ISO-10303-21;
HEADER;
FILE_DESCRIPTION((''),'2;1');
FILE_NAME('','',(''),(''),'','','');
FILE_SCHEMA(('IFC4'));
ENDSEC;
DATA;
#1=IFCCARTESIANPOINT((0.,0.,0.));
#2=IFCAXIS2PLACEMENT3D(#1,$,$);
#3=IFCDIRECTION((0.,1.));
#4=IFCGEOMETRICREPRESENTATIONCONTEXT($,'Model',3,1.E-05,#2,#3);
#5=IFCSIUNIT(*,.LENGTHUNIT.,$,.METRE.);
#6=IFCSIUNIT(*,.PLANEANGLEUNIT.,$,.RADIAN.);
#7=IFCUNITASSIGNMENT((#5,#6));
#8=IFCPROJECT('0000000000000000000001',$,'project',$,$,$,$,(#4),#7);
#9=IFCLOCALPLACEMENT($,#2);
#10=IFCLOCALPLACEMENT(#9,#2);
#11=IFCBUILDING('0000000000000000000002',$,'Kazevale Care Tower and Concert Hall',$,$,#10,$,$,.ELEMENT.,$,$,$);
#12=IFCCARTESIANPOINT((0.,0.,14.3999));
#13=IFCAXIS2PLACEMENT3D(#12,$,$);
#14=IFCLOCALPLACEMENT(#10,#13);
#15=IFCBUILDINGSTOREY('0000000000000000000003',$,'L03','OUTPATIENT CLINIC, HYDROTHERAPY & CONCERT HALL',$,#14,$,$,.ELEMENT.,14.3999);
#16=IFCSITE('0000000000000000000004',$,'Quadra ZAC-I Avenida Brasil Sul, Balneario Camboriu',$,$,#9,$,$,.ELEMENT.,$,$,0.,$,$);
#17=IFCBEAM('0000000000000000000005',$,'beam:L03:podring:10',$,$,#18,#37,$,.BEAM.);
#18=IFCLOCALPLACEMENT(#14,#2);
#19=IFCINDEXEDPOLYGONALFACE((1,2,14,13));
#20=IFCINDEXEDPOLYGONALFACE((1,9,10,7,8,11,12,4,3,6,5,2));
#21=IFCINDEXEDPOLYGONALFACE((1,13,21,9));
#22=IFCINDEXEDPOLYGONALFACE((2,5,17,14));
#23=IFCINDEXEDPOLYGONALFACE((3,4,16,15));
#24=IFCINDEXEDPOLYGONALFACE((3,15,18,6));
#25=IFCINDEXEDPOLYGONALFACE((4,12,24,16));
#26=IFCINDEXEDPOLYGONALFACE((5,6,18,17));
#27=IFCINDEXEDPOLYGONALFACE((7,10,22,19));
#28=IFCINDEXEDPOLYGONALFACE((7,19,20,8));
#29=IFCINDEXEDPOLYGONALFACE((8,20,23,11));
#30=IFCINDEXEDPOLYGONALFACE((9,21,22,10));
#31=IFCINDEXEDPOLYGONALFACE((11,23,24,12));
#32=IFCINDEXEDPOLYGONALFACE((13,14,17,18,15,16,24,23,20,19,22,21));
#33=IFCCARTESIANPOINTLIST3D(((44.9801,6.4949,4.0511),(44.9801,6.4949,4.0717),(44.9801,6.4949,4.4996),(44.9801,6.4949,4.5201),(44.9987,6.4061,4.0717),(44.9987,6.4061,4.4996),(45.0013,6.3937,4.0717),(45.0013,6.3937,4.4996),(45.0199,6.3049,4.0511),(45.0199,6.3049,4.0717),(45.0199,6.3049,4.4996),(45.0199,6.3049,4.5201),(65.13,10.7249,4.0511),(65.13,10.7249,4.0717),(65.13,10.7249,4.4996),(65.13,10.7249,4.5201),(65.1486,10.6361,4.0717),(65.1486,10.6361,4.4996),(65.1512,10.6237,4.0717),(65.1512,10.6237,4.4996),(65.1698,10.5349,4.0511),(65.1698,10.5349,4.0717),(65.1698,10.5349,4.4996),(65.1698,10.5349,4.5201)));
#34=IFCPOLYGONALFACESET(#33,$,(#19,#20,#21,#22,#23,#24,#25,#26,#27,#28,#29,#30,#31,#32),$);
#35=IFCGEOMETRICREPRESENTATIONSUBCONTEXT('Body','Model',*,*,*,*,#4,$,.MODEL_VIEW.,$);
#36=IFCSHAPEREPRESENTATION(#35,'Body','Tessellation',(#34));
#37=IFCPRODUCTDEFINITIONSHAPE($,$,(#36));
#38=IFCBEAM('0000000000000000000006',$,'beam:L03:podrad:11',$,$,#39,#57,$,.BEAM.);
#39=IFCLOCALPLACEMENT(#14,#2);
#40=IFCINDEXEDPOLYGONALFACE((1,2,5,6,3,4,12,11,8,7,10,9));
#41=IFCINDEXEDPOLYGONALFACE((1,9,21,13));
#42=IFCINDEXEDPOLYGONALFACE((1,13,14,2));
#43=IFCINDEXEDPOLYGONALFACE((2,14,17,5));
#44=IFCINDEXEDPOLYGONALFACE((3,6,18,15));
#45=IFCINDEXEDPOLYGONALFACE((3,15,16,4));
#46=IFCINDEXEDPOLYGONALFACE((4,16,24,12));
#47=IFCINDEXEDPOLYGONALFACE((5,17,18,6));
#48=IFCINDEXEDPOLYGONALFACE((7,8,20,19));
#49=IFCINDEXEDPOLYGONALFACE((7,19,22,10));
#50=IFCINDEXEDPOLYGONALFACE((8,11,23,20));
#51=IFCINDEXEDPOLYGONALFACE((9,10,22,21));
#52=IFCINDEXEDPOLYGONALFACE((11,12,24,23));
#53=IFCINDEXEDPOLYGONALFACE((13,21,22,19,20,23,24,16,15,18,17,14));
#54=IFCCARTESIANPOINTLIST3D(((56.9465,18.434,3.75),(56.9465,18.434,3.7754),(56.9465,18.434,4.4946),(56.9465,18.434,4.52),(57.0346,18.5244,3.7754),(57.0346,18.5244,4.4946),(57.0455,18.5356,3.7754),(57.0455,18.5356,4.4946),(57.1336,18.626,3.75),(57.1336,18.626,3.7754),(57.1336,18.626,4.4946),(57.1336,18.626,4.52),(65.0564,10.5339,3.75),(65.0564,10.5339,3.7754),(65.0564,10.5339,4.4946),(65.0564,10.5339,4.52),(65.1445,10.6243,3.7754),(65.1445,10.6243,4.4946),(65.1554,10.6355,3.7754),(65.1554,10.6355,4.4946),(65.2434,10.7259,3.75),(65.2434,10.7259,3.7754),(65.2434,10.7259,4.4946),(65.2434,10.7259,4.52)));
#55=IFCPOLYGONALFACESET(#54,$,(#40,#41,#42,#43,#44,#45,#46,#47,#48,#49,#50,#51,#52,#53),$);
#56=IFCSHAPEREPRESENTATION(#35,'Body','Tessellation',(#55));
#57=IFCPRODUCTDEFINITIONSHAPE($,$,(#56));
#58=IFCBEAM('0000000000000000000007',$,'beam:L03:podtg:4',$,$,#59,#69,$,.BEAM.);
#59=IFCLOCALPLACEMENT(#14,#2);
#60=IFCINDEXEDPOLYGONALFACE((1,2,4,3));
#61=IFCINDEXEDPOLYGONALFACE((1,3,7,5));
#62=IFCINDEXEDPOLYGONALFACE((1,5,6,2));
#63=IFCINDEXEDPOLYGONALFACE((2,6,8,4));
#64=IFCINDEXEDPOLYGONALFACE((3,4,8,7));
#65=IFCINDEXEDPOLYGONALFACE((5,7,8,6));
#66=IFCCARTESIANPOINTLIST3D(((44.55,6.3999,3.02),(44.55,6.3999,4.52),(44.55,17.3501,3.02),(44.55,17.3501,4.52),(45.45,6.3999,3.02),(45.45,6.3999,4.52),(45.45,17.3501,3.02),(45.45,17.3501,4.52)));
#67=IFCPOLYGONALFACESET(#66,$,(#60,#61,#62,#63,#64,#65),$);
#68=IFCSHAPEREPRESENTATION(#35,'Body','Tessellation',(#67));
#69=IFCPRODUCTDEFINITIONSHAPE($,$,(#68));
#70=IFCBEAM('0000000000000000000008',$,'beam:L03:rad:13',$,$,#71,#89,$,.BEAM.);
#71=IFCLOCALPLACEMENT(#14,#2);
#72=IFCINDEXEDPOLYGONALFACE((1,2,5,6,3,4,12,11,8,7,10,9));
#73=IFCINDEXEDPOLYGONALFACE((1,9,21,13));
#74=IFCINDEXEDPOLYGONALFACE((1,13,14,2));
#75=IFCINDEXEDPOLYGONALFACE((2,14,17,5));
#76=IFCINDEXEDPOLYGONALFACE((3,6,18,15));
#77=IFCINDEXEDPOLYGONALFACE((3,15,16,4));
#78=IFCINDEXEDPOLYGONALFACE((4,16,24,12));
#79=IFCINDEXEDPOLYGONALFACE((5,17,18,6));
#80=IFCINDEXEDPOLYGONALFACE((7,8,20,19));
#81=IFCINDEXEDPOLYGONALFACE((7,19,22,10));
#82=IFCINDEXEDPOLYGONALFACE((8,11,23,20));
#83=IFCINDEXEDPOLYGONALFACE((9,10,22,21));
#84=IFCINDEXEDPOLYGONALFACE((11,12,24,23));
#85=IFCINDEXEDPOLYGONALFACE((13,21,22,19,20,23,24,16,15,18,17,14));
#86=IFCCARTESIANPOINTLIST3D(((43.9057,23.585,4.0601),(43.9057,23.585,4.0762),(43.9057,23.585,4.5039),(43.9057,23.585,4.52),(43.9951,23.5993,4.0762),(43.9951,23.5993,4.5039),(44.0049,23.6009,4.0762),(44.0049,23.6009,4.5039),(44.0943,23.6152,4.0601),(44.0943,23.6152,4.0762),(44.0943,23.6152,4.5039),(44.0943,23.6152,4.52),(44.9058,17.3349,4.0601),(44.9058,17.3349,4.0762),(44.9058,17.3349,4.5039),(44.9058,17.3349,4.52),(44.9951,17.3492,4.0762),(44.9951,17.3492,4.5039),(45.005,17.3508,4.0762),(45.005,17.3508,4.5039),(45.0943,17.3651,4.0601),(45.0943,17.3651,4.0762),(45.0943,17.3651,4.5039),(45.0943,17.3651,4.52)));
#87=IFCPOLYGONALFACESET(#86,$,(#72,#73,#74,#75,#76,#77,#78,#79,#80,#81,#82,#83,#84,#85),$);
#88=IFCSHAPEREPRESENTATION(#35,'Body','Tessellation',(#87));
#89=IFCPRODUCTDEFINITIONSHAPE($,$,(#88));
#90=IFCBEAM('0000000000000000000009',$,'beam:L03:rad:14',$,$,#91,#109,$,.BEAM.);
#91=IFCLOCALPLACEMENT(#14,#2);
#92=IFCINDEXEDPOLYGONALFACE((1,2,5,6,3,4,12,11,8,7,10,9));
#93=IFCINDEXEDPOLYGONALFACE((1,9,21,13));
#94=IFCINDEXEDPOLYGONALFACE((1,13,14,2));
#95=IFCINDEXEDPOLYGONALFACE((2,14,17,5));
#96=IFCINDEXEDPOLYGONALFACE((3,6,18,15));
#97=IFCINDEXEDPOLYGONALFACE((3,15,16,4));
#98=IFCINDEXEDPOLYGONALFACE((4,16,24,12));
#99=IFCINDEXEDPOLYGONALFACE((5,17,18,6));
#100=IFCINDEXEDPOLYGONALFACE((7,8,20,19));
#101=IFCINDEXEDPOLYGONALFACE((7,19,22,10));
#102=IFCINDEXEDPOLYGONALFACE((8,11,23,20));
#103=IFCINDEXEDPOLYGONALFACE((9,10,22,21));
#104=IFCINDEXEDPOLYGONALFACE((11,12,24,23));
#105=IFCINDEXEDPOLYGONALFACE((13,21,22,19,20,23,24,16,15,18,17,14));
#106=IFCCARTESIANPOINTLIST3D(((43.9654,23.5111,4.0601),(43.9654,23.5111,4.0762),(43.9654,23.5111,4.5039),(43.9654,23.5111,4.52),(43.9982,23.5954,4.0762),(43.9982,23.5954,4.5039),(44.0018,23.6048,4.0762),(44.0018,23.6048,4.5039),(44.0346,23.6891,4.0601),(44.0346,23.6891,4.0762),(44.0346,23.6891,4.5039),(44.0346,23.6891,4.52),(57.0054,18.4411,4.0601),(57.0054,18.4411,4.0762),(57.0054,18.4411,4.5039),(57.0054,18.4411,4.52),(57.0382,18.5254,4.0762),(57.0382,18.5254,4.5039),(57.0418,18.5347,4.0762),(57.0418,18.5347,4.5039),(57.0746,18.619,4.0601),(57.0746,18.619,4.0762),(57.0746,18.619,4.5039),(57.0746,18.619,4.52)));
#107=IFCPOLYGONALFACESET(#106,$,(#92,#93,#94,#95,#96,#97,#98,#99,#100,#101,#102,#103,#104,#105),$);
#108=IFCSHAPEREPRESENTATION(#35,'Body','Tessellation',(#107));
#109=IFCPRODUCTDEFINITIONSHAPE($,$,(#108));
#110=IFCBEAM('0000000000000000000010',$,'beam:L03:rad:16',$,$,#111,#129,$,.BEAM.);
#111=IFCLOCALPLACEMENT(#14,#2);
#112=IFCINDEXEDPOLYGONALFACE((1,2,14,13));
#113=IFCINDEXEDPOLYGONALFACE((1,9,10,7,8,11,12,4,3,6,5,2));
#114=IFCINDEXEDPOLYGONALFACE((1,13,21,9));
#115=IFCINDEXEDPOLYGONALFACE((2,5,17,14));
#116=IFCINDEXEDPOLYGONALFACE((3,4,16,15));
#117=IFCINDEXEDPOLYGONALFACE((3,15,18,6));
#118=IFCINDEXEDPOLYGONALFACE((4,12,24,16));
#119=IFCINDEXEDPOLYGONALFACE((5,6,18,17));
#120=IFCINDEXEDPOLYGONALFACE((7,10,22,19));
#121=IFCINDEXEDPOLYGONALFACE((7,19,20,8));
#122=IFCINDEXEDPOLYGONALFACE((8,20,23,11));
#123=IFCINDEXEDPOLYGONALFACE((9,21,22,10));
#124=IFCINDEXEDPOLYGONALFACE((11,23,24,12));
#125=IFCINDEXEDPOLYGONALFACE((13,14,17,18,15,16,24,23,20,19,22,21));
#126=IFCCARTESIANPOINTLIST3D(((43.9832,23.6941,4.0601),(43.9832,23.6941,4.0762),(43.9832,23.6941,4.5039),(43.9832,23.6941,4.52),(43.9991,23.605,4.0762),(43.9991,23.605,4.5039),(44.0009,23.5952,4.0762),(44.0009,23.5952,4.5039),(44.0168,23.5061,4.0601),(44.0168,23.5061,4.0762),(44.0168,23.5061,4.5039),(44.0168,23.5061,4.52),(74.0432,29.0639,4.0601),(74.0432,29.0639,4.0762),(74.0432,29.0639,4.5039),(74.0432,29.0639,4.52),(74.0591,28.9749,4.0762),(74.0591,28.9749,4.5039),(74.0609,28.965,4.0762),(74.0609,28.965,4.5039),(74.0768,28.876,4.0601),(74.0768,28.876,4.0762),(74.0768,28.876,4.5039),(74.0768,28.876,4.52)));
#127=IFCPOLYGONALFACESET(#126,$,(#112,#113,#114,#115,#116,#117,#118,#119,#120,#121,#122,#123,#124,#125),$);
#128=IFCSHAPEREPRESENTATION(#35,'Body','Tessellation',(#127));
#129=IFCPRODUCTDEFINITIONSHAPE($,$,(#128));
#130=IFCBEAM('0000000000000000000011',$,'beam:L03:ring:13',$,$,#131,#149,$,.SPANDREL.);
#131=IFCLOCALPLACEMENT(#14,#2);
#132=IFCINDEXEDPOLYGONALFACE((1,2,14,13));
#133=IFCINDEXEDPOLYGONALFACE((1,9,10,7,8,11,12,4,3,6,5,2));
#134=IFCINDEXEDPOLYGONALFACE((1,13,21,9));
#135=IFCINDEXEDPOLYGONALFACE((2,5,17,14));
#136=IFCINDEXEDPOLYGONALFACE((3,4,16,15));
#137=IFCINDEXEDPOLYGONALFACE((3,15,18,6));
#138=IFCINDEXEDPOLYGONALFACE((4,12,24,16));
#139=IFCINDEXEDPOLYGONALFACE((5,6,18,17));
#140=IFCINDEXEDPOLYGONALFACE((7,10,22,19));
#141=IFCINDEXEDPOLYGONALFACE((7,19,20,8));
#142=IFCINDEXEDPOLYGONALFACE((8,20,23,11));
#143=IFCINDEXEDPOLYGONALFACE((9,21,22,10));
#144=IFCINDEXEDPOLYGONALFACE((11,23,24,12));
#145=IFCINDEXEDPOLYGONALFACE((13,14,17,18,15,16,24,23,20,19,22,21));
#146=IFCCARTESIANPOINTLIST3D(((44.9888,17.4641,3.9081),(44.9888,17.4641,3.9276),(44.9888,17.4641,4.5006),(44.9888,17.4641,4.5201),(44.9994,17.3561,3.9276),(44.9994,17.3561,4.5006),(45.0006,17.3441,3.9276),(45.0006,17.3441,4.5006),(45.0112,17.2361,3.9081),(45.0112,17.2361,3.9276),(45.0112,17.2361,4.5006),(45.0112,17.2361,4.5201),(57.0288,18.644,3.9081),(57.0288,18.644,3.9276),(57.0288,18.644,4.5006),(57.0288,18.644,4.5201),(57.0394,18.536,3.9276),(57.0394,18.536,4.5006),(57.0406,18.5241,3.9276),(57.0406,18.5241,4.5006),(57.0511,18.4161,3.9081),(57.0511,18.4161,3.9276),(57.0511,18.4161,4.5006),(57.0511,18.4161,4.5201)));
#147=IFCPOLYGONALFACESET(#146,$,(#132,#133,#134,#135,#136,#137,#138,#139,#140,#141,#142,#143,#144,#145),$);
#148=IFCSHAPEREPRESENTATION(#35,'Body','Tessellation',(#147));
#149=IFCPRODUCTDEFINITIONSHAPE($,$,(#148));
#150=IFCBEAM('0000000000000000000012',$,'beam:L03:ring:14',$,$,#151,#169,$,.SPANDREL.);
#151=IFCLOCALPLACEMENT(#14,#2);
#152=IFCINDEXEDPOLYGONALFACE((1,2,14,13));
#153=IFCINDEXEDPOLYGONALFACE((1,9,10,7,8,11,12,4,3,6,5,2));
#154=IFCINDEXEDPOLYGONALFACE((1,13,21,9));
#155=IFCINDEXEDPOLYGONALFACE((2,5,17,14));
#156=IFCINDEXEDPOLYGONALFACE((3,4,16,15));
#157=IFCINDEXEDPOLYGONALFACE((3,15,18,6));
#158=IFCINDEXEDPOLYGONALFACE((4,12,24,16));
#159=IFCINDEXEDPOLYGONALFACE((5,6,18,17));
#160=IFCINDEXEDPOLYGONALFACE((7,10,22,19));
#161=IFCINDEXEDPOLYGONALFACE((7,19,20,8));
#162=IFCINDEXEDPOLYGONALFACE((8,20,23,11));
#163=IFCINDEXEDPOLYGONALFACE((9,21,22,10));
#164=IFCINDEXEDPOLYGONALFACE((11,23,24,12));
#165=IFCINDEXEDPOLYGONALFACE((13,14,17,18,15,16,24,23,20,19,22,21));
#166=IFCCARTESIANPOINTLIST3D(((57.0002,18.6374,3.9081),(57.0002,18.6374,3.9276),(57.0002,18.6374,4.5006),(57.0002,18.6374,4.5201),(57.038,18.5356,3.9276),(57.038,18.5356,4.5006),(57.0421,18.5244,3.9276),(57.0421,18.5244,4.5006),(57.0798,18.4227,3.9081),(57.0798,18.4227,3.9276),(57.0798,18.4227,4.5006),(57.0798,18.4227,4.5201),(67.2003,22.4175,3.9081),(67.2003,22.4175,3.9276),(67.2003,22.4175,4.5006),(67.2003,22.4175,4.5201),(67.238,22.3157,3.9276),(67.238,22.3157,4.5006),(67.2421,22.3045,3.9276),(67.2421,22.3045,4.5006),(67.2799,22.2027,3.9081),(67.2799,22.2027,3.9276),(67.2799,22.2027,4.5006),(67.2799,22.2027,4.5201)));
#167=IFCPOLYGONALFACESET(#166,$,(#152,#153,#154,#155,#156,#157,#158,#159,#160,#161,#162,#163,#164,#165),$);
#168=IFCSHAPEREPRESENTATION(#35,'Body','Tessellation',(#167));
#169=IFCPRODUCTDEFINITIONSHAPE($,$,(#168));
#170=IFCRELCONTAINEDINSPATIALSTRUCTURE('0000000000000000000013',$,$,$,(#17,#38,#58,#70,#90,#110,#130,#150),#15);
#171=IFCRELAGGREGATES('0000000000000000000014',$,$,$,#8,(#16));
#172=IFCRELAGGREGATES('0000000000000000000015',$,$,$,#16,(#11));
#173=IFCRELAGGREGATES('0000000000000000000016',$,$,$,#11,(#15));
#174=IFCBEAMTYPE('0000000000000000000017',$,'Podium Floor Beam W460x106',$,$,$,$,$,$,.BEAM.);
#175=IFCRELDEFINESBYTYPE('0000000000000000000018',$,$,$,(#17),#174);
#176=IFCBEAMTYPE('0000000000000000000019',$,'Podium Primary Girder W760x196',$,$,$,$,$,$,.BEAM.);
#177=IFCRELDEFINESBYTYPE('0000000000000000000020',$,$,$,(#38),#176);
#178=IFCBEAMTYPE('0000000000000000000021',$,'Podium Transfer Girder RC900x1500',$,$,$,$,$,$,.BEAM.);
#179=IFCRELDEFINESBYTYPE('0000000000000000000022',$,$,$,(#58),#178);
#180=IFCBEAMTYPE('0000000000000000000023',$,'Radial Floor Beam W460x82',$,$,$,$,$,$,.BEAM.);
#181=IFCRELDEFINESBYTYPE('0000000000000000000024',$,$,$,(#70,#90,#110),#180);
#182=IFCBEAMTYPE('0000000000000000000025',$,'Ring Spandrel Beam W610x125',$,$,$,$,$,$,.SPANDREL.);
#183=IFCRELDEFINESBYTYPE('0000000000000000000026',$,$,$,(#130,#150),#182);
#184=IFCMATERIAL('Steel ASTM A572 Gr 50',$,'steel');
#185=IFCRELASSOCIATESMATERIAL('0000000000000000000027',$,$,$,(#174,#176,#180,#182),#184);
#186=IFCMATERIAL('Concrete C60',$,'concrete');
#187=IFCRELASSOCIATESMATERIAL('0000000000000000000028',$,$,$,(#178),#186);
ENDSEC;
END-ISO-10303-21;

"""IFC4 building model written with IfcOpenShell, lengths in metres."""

from ifc_helpers import new_model, si_unit, direction, frame, origin, origin_2d, place, context, subcontext, project, spatial, rectangle, i_section, extrude, material, material_profile, profile_set, type_object, element, save


model = new_model("IFC4")

# Units and contexts
model_context = context("Model", 3, precision=1e-05, world=origin(), true_north=direction((0.0, 1.0)))
body_context = subcontext(model_context, "Body", "Model", "MODEL_VIEW")
ifc_project = project(units=[si_unit("LENGTHUNIT", "METRE"), si_unit("PLANEANGLEUNIT", "RADIAN")], contexts=[model_context])

# Site, building, storey
site_placement = place(None, origin())
site = spatial("IfcSite", under=ifc_project, at=site_placement, Name="Quadra ZAC-I Avenida Brasil Sul, Balneario Camboriu", CompositionType="ELEMENT", RefElevation=0.0)
building_placement = place(site_placement, origin())
building = spatial("IfcBuilding", under=site, at=building_placement, Name="Kazevale Care Tower and Concert Hall", CompositionType="ELEMENT")
storey_placement = place(building_placement, frame((0.0, 0.0, 14.3999)))
storey = spatial("IfcBuildingStorey", under=building, at=storey_placement, Name="L03", Description="OUTPATIENT CLINIC, HYDROTHERAPY & CONCERT HALL", CompositionType="ELEMENT", Elevation=14.3999)

# Shared definitions
ifc_material_1 = material(Name="Concrete C60", Category="concrete")

# Beams
ifc_material_2 = material(Name="Steel ASTM A572 Gr 50", Category="steel")
ifc_material_profile_1 = material_profile(ifc_material_2, i_section(OverallWidth=0.1941, OverallDepth=0.469, WebThickness=0.0127, FlangeThickness=0.0205, at=origin_2d()), Name="W460x106")
ifc_profile_set_1 = profile_set([ifc_material_profile_1], Name="Steel ASTM A572 Gr 50")
beam_type_1 = type_object("IfcBeamType", Name="Podium Floor Beam W460x106", PredefinedType="BEAM", material=ifc_profile_set_1)
beam_1_placement = place(storey_placement, frame((45.0, 6.3999, 4.2856), z_axis=(0.978668, 0.205448, 0.0), x_axis=(-0.205448, 0.978668, 0.0)))
element("IfcBeam", 1, at=beam_1_placement, inside=storey, type_object=beam_type_1, Name="beam:L03:podring:10", PredefinedType="BEAM", context=body_context, shape_type="SweptSolid", body=[
    extrude(i_section(OverallWidth=0.1941, OverallDepth=0.469, WebThickness=0.0127, FlangeThickness=0.0205, at=origin_2d()), origin(), (0.0, 0.0, 1.0), 20.5891),
])
ifc_material_profile_2 = material_profile(ifc_material_2, i_section(OverallWidth=0.2681, OverallDepth=0.77, WebThickness=0.0156, FlangeThickness=0.0254, at=origin_2d()), Name="W760x196")
ifc_profile_set_2 = profile_set([ifc_material_profile_2], Name="Steel ASTM A572 Gr 50")
beam_type_2 = type_object("IfcBeamType", Name="Podium Primary Girder W760x196", PredefinedType="BEAM", material=ifc_profile_set_2)
beam_2_placement = place(storey_placement, frame((57.04, 18.53, 4.135), z_axis=(0.716308, -0.697784, 0.0), x_axis=(0.697784, 0.716308, 0.0)))
element("IfcBeam", 2, at=beam_2_placement, inside=storey, type_object=beam_type_2, Name="beam:L03:podrad:11", PredefinedType="BEAM", context=body_context, shape_type="SweptSolid", body=[
    extrude(i_section(OverallWidth=0.2681, OverallDepth=0.77, WebThickness=0.0156, FlangeThickness=0.0254, at=origin_2d()), origin(), (0.0, 0.0, 1.0), 11.3218),
])
ifc_material_profile_3 = material_profile(ifc_material_1, rectangle(XDim=0.8999, YDim=1.5, at=origin_2d()), Name="RC-TG900x1500")
ifc_profile_set_3 = profile_set([ifc_material_profile_3], Name="Concrete C60")
beam_type_3 = type_object("IfcBeamType", Name="Podium Transfer Girder RC900x1500", PredefinedType="BEAM", material=ifc_profile_set_3)
beam_3_placement = place(storey_placement, frame((45.0, 17.3501, 3.77), z_axis=(0.0, -1.0, 0.0), x_axis=(1.0, 0.0, 0.0)))
element("IfcBeam", 3, at=beam_3_placement, inside=storey, type_object=beam_type_3, Name="beam:L03:podtg:4", PredefinedType="BEAM", context=body_context, shape_type="SweptSolid", body=[
    extrude(rectangle(XDim=0.8999, YDim=1.5, at=origin_2d()), origin(), (0.0, 0.0, 1.0), 10.9502),
])
ifc_material_profile_4 = material_profile(ifc_material_2, i_section(OverallWidth=0.1909, OverallDepth=0.46, WebThickness=0.01, FlangeThickness=0.0161, at=origin_2d()), Name="W460x82")
ifc_profile_set_4 = profile_set([ifc_material_profile_4], Name="Steel ASTM A572 Gr 50")
beam_type_4 = type_object("IfcBeamType", Name="Radial Floor Beam W460x82", PredefinedType="BEAM", material=ifc_profile_set_4)
beam_4_placement = place(storey_placement, frame((44.0, 23.6001, 4.29), z_axis=(0.157991, -0.987441, 0.0), x_axis=(0.987441, 0.157991, 0.0)))
element("IfcBeam", 4, at=beam_4_placement, inside=storey, type_object=beam_type_4, Name="beam:L03:rad:13", PredefinedType="BEAM", context=body_context, shape_type="SweptSolid", body=[
    extrude(i_section(OverallWidth=0.1909, OverallDepth=0.46, WebThickness=0.01, FlangeThickness=0.0161, at=origin_2d()), origin(), (0.0, 0.0, 1.0), 6.3296),
])
beam_5_placement = place(storey_placement, frame((44.0, 23.6001, 4.29), z_axis=(0.93203, -0.362381, 0.0), x_axis=(0.362381, 0.93203, 0.0)))
element("IfcBeam", 5, at=beam_5_placement, inside=storey, type_object=beam_type_4, Name="beam:L03:rad:14", PredefinedType="BEAM", context=body_context, shape_type="SweptSolid", body=[
    extrude(i_section(OverallWidth=0.1909, OverallDepth=0.46, WebThickness=0.01, FlangeThickness=0.0161, at=origin_2d()), origin(), (0.0, 0.0, 1.0), 13.991),
])
beam_6_placement = place(storey_placement, frame((44.0, 23.6001, 4.29), z_axis=(0.984416, 0.175854, 0.0), x_axis=(-0.175854, 0.984416, 0.0)))
element("IfcBeam", 6, at=beam_6_placement, inside=storey, type_object=beam_type_4, Name="beam:L03:rad:16", PredefinedType="BEAM", context=body_context, shape_type="SweptSolid", body=[
    extrude(i_section(OverallWidth=0.1909, OverallDepth=0.46, WebThickness=0.01, FlangeThickness=0.0161, at=origin_2d()), origin(), (0.0, 0.0, 1.0), 30.5359),
])
ifc_material_profile_5 = material_profile(ifc_material_2, i_section(OverallWidth=0.229, OverallDepth=0.6121, WebThickness=0.012, FlangeThickness=0.0195, at=origin_2d()), Name="W610x125")
ifc_profile_set_5 = profile_set([ifc_material_profile_5], Name="Steel ASTM A572 Gr 50")
beam_type_5 = type_object("IfcBeamType", Name="Ring Spandrel Beam W610x125", PredefinedType="SPANDREL", material=ifc_profile_set_5)
beam_7_placement = place(storey_placement, frame((45.0, 17.3501, 4.2141), z_axis=(0.995232, 0.097533, 0.0), x_axis=(-0.097533, 0.995232, 0.0)))
element("IfcBeam", 7, at=beam_7_placement, inside=storey, type_object=beam_type_5, Name="beam:L03:ring:13", PredefinedType="SPANDREL", context=body_context, shape_type="SweptSolid", body=[
    extrude(i_section(OverallWidth=0.229, OverallDepth=0.6121, WebThickness=0.012, FlangeThickness=0.0195, at=origin_2d()), origin(), (0.0, 0.0, 1.0), 12.0977),
])
beam_8_placement = place(storey_placement, frame((57.04, 18.53, 4.2141), z_axis=(0.937681, 0.347498, 0.0), x_axis=(-0.347498, 0.937681, 0.0)))
element("IfcBeam", 8, at=beam_8_placement, inside=storey, type_object=beam_type_5, Name="beam:L03:ring:14", PredefinedType="SPANDREL", context=body_context, shape_type="SweptSolid", body=[
    extrude(i_section(OverallWidth=0.229, OverallDepth=0.6121, WebThickness=0.012, FlangeThickness=0.0195, at=origin_2d()), origin(), (0.0, 0.0, 1.0), 10.8779),
])

save(model, "model.ifc")
